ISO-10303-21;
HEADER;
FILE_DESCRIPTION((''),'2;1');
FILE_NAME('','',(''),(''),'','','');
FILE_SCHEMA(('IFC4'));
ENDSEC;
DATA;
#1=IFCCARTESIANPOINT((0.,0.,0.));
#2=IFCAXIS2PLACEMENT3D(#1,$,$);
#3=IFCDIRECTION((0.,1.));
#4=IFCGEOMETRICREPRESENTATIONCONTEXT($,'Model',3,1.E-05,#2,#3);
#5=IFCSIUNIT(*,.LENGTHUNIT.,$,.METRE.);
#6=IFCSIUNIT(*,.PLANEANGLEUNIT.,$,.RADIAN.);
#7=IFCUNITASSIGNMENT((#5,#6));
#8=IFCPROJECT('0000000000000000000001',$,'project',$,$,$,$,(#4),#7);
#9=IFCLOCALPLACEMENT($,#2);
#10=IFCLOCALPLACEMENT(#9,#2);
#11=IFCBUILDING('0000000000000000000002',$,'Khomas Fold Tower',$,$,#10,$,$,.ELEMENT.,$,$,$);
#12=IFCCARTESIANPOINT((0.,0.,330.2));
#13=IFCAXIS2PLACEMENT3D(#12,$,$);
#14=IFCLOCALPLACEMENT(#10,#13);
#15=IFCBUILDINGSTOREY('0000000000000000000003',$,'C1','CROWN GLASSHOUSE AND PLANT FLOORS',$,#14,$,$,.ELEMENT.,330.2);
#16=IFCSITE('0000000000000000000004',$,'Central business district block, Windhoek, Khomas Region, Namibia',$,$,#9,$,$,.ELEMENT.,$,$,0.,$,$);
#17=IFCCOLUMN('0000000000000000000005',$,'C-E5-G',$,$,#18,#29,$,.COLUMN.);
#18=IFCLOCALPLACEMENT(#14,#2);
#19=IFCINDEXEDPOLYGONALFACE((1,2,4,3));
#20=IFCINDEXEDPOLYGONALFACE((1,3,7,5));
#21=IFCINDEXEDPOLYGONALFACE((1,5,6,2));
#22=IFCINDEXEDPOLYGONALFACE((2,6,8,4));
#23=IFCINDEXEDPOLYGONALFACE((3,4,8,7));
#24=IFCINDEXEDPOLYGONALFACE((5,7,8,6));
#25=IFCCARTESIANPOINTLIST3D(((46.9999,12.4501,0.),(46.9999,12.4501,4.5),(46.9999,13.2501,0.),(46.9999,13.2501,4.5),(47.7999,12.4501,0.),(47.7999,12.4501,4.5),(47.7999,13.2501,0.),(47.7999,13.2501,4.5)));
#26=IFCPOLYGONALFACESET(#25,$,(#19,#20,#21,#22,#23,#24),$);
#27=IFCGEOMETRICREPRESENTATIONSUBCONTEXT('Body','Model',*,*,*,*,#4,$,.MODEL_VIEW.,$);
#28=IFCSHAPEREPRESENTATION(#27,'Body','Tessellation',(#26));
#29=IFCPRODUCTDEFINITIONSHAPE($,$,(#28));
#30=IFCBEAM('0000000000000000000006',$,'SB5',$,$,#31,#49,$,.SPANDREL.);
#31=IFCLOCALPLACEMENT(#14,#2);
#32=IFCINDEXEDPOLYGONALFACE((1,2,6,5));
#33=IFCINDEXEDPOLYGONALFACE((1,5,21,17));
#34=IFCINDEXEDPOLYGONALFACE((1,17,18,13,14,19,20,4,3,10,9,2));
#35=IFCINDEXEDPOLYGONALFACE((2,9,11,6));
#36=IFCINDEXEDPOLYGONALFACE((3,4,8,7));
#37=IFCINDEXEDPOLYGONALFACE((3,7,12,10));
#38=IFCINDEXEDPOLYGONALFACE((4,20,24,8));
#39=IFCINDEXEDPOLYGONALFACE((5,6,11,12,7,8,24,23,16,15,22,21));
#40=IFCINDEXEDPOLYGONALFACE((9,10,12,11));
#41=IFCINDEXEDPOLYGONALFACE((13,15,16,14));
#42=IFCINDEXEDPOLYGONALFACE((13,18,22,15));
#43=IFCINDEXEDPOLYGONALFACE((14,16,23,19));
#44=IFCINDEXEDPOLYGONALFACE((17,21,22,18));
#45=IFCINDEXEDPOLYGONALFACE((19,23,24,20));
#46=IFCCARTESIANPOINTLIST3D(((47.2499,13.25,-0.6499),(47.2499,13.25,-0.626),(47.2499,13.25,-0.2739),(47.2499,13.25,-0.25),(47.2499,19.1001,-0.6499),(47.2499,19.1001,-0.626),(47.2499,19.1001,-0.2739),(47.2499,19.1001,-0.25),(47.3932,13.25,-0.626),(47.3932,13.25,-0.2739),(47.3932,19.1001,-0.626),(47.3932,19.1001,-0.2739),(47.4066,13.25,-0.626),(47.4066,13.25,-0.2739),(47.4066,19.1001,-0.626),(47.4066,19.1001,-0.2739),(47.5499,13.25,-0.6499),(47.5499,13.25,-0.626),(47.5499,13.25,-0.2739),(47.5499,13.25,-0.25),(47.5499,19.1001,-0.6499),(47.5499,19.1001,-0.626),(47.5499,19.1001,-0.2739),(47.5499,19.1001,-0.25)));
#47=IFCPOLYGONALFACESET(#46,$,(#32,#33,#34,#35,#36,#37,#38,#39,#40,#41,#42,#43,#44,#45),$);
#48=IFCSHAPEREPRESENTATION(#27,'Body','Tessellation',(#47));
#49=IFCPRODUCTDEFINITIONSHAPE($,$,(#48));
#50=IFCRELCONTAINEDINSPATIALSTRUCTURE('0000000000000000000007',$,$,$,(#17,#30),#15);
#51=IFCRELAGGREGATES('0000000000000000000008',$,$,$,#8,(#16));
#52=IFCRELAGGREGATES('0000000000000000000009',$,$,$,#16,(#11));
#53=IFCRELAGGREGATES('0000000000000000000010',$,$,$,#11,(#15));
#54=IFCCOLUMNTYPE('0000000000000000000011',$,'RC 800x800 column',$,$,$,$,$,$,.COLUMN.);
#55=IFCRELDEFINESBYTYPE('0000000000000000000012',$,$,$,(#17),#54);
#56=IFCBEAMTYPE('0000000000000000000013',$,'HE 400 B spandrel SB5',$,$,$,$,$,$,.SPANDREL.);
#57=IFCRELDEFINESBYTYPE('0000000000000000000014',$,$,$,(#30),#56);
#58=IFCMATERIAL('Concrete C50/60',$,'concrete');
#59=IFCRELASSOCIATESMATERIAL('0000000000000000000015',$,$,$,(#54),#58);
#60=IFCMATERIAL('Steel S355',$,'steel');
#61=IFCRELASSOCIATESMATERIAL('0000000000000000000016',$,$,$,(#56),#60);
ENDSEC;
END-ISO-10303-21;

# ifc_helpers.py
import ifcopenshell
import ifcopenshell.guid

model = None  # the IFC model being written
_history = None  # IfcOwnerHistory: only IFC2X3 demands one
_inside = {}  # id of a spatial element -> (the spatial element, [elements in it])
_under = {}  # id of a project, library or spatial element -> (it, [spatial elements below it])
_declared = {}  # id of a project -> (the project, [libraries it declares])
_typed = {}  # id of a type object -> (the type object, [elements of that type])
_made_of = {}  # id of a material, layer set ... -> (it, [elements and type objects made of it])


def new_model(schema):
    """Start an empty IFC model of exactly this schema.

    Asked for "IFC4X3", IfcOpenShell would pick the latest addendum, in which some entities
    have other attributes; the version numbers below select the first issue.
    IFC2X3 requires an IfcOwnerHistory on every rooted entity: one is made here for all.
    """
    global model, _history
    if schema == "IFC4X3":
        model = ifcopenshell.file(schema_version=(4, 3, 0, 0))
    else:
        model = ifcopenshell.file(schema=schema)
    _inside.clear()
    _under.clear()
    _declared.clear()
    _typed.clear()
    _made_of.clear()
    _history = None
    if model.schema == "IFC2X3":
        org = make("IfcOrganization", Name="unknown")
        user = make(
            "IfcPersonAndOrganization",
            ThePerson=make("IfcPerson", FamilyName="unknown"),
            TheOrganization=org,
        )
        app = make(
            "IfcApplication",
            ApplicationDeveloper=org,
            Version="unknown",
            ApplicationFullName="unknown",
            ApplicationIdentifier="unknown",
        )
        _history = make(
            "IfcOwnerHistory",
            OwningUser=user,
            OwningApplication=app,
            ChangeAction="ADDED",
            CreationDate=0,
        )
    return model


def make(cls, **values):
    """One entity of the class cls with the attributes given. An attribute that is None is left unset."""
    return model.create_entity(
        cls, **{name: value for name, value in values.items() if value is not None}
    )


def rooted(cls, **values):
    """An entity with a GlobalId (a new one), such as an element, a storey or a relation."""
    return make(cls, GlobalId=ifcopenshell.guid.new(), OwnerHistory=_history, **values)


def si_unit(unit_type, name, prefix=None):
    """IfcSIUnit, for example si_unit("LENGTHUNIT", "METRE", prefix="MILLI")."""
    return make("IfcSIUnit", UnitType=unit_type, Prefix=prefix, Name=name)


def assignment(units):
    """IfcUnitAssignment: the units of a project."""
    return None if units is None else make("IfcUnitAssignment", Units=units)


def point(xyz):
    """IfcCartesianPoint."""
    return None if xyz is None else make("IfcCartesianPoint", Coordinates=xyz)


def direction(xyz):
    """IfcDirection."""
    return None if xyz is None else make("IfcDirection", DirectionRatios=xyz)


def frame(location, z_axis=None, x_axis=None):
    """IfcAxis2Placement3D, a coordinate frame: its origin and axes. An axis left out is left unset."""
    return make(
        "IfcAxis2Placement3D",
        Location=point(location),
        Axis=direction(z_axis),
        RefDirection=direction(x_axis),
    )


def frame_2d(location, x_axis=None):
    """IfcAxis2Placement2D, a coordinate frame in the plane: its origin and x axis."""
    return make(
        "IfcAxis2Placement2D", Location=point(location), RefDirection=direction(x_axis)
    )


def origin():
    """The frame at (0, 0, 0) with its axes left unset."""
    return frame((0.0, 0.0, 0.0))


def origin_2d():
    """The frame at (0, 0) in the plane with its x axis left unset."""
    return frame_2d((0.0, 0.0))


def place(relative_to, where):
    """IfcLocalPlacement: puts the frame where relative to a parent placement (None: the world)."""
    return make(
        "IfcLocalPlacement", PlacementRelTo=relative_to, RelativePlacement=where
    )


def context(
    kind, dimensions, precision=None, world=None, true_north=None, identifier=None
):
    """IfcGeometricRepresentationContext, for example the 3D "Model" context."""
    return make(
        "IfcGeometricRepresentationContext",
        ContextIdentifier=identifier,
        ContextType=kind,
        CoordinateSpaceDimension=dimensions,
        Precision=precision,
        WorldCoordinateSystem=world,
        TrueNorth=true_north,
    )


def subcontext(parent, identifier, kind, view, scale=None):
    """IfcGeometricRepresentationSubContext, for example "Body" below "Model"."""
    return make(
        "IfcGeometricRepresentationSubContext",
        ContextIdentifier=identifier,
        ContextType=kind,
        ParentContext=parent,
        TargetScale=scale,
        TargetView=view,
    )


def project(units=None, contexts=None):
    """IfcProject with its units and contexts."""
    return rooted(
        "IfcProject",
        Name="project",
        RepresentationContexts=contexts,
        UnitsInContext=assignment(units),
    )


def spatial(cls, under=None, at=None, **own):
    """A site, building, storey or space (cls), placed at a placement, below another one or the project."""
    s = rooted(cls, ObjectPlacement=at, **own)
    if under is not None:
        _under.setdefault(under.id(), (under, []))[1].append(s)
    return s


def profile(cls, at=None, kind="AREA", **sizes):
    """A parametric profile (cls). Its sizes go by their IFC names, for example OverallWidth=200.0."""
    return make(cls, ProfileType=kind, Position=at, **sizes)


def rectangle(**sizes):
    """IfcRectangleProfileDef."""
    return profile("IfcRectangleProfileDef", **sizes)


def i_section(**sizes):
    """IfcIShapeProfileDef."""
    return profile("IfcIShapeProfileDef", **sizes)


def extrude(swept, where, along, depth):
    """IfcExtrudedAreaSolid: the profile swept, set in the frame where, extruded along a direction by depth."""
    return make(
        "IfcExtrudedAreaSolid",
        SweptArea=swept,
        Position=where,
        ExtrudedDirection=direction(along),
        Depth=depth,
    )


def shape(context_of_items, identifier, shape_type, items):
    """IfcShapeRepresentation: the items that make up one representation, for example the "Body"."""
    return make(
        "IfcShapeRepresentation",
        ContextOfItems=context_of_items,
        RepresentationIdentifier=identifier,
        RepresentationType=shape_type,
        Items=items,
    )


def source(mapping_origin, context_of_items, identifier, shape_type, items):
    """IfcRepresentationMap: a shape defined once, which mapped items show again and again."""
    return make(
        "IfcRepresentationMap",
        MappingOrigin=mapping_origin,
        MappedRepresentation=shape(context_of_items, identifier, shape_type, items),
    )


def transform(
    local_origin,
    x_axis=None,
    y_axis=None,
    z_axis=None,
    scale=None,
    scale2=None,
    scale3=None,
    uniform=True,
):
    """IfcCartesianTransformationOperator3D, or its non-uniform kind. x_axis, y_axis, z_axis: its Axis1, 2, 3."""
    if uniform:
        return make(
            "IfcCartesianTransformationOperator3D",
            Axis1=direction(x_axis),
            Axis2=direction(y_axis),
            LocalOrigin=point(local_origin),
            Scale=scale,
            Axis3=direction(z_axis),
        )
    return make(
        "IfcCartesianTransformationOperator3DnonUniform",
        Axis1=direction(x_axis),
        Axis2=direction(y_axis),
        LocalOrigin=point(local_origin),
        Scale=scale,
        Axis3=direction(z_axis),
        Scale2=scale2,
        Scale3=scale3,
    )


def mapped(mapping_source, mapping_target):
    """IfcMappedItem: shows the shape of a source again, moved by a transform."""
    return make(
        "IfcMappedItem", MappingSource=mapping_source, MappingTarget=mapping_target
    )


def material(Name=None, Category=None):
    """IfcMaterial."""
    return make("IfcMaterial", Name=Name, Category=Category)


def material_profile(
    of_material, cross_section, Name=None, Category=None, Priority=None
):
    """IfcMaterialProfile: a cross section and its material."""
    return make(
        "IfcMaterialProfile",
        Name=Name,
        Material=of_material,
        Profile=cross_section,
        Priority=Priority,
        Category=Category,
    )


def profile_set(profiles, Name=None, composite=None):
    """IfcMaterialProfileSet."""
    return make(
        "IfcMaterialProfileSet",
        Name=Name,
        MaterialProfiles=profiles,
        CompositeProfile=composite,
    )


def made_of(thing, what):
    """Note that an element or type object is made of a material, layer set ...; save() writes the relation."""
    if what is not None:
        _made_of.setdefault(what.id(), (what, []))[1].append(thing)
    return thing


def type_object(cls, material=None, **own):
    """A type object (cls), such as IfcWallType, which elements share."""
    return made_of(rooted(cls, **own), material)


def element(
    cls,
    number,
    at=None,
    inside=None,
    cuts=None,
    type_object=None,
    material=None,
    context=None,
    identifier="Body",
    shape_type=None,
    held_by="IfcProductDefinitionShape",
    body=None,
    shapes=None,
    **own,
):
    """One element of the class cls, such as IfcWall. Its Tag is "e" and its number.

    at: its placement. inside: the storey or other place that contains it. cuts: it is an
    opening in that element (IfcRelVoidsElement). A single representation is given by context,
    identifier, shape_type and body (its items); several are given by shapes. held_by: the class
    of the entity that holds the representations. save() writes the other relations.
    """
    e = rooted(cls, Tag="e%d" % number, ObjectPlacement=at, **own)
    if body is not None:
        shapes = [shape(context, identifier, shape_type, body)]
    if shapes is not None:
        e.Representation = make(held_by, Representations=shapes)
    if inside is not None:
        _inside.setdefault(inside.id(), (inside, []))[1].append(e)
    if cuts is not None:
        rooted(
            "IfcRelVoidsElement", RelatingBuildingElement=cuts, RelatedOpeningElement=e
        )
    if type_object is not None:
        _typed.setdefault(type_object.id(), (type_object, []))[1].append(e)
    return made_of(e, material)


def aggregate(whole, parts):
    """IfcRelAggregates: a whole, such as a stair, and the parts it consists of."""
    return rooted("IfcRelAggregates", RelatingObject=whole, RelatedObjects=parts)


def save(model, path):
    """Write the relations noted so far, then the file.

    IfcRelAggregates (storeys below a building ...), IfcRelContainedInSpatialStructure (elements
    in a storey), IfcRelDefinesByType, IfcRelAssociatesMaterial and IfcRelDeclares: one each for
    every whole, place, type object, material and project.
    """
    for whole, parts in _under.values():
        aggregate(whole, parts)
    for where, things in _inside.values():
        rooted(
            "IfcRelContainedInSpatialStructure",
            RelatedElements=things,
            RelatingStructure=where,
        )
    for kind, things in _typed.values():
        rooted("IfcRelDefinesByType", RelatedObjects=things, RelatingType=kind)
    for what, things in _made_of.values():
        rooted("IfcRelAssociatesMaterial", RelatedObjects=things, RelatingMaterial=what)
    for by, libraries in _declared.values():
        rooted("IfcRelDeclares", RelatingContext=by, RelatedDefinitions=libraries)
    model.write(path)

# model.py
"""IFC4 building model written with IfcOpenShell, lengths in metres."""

from ifc_helpers import new_model, si_unit, direction, frame, origin, origin_2d, place, context, subcontext, project, spatial, rectangle, i_section, extrude, source, transform, mapped, material, material_profile, profile_set, type_object, element, save


model = new_model("IFC4")

# Units and contexts
model_context = context("Model", 3, precision=1e-05, world=origin(), true_north=direction((0.0, 1.0)))
body_context = subcontext(model_context, "Body", "Model", "MODEL_VIEW")
ifc_project = project(units=[si_unit("LENGTHUNIT", "METRE"), si_unit("PLANEANGLEUNIT", "RADIAN")], contexts=[model_context])

# Site, building, storey
site_placement = place(None, origin())
site = spatial("IfcSite", under=ifc_project, at=site_placement, Name="Central business district block, Windhoek, Khomas Region, Namibia", CompositionType="ELEMENT", RefElevation=0.0)
building_placement = place(site_placement, origin())
building = spatial("IfcBuilding", under=site, at=building_placement, Name="Khomas Fold Tower", CompositionType="ELEMENT")
storey_placement = place(building_placement, frame((0.0, 0.0, 330.2)))
storey = spatial("IfcBuildingStorey", under=building, at=storey_placement, Name="C1", Description="CROWN GLASSHOUSE AND PLANT FLOORS", CompositionType="ELEMENT", Elevation=330.2)

# Column
ifc_material_1 = material(Name="Concrete C50/60", Category="concrete")
ifc_material_profile_1 = material_profile(ifc_material_1, rectangle(XDim=0.8, YDim=0.8, at=origin_2d()), Name="RC 800x800")
ifc_profile_set_1 = profile_set([ifc_material_profile_1], Name="Concrete C50/60")
column_type = type_object("IfcColumnType", Name="RC 800x800 column", PredefinedType="COLUMN", material=ifc_profile_set_1)
shared_shape_1 = source(origin(), body_context, "Body", "SweptSolid", [
    extrude(rectangle(XDim=0.8, YDim=0.8, at=origin_2d()), origin(), (0.0, 0.0, 1.0), 4.5),
])
column_placement = place(storey_placement, frame((47.3999, 12.8501, 0.0), z_axis=(0.0, 0.0, 1.0), x_axis=(1.0, 0.0, 0.0)))
element("IfcColumn", 1, at=column_placement, inside=storey, type_object=column_type, Name="C-E5-G", PredefinedType="COLUMN", context=body_context, shape_type="MappedRepresentation", body=[
    mapped(shared_shape_1, transform((0.0, 0.0, 0.0))),
])

# Beam
ifc_material_2 = material(Name="Steel S355", Category="steel")
ifc_material_profile_2 = material_profile(ifc_material_2, i_section(OverallWidth=0.3, OverallDepth=0.3999, WebThickness=0.0134, FlangeThickness=0.0239, at=origin_2d()), Name="HE 400 B")
ifc_profile_set_2 = profile_set([ifc_material_profile_2], Name="Steel S355")
beam_type = type_object("IfcBeamType", Name="HE 400 B spandrel SB5", PredefinedType="SPANDREL", material=ifc_profile_set_2)
shared_shape_2 = source(origin(), body_context, "Body", "SweptSolid", [
    extrude(i_section(OverallWidth=0.3, OverallDepth=0.3999, WebThickness=0.0134, FlangeThickness=0.0239, at=origin_2d()), origin(), (0.0, 0.0, 1.0), 5.8501),
])
beam_placement = place(storey_placement, frame((47.3999, 13.25, -0.45), z_axis=(0.0, 1.0, 0.0), x_axis=(-1.0, 0.0, 0.0)))
element("IfcBeam", 2, at=beam_placement, inside=storey, type_object=beam_type, Name="SB5", PredefinedType="SPANDREL", context=body_context, shape_type="MappedRepresentation", body=[
    mapped(shared_shape_2, transform((0.0, 0.0, 0.0))),
])

save(model, "model.ifc")
